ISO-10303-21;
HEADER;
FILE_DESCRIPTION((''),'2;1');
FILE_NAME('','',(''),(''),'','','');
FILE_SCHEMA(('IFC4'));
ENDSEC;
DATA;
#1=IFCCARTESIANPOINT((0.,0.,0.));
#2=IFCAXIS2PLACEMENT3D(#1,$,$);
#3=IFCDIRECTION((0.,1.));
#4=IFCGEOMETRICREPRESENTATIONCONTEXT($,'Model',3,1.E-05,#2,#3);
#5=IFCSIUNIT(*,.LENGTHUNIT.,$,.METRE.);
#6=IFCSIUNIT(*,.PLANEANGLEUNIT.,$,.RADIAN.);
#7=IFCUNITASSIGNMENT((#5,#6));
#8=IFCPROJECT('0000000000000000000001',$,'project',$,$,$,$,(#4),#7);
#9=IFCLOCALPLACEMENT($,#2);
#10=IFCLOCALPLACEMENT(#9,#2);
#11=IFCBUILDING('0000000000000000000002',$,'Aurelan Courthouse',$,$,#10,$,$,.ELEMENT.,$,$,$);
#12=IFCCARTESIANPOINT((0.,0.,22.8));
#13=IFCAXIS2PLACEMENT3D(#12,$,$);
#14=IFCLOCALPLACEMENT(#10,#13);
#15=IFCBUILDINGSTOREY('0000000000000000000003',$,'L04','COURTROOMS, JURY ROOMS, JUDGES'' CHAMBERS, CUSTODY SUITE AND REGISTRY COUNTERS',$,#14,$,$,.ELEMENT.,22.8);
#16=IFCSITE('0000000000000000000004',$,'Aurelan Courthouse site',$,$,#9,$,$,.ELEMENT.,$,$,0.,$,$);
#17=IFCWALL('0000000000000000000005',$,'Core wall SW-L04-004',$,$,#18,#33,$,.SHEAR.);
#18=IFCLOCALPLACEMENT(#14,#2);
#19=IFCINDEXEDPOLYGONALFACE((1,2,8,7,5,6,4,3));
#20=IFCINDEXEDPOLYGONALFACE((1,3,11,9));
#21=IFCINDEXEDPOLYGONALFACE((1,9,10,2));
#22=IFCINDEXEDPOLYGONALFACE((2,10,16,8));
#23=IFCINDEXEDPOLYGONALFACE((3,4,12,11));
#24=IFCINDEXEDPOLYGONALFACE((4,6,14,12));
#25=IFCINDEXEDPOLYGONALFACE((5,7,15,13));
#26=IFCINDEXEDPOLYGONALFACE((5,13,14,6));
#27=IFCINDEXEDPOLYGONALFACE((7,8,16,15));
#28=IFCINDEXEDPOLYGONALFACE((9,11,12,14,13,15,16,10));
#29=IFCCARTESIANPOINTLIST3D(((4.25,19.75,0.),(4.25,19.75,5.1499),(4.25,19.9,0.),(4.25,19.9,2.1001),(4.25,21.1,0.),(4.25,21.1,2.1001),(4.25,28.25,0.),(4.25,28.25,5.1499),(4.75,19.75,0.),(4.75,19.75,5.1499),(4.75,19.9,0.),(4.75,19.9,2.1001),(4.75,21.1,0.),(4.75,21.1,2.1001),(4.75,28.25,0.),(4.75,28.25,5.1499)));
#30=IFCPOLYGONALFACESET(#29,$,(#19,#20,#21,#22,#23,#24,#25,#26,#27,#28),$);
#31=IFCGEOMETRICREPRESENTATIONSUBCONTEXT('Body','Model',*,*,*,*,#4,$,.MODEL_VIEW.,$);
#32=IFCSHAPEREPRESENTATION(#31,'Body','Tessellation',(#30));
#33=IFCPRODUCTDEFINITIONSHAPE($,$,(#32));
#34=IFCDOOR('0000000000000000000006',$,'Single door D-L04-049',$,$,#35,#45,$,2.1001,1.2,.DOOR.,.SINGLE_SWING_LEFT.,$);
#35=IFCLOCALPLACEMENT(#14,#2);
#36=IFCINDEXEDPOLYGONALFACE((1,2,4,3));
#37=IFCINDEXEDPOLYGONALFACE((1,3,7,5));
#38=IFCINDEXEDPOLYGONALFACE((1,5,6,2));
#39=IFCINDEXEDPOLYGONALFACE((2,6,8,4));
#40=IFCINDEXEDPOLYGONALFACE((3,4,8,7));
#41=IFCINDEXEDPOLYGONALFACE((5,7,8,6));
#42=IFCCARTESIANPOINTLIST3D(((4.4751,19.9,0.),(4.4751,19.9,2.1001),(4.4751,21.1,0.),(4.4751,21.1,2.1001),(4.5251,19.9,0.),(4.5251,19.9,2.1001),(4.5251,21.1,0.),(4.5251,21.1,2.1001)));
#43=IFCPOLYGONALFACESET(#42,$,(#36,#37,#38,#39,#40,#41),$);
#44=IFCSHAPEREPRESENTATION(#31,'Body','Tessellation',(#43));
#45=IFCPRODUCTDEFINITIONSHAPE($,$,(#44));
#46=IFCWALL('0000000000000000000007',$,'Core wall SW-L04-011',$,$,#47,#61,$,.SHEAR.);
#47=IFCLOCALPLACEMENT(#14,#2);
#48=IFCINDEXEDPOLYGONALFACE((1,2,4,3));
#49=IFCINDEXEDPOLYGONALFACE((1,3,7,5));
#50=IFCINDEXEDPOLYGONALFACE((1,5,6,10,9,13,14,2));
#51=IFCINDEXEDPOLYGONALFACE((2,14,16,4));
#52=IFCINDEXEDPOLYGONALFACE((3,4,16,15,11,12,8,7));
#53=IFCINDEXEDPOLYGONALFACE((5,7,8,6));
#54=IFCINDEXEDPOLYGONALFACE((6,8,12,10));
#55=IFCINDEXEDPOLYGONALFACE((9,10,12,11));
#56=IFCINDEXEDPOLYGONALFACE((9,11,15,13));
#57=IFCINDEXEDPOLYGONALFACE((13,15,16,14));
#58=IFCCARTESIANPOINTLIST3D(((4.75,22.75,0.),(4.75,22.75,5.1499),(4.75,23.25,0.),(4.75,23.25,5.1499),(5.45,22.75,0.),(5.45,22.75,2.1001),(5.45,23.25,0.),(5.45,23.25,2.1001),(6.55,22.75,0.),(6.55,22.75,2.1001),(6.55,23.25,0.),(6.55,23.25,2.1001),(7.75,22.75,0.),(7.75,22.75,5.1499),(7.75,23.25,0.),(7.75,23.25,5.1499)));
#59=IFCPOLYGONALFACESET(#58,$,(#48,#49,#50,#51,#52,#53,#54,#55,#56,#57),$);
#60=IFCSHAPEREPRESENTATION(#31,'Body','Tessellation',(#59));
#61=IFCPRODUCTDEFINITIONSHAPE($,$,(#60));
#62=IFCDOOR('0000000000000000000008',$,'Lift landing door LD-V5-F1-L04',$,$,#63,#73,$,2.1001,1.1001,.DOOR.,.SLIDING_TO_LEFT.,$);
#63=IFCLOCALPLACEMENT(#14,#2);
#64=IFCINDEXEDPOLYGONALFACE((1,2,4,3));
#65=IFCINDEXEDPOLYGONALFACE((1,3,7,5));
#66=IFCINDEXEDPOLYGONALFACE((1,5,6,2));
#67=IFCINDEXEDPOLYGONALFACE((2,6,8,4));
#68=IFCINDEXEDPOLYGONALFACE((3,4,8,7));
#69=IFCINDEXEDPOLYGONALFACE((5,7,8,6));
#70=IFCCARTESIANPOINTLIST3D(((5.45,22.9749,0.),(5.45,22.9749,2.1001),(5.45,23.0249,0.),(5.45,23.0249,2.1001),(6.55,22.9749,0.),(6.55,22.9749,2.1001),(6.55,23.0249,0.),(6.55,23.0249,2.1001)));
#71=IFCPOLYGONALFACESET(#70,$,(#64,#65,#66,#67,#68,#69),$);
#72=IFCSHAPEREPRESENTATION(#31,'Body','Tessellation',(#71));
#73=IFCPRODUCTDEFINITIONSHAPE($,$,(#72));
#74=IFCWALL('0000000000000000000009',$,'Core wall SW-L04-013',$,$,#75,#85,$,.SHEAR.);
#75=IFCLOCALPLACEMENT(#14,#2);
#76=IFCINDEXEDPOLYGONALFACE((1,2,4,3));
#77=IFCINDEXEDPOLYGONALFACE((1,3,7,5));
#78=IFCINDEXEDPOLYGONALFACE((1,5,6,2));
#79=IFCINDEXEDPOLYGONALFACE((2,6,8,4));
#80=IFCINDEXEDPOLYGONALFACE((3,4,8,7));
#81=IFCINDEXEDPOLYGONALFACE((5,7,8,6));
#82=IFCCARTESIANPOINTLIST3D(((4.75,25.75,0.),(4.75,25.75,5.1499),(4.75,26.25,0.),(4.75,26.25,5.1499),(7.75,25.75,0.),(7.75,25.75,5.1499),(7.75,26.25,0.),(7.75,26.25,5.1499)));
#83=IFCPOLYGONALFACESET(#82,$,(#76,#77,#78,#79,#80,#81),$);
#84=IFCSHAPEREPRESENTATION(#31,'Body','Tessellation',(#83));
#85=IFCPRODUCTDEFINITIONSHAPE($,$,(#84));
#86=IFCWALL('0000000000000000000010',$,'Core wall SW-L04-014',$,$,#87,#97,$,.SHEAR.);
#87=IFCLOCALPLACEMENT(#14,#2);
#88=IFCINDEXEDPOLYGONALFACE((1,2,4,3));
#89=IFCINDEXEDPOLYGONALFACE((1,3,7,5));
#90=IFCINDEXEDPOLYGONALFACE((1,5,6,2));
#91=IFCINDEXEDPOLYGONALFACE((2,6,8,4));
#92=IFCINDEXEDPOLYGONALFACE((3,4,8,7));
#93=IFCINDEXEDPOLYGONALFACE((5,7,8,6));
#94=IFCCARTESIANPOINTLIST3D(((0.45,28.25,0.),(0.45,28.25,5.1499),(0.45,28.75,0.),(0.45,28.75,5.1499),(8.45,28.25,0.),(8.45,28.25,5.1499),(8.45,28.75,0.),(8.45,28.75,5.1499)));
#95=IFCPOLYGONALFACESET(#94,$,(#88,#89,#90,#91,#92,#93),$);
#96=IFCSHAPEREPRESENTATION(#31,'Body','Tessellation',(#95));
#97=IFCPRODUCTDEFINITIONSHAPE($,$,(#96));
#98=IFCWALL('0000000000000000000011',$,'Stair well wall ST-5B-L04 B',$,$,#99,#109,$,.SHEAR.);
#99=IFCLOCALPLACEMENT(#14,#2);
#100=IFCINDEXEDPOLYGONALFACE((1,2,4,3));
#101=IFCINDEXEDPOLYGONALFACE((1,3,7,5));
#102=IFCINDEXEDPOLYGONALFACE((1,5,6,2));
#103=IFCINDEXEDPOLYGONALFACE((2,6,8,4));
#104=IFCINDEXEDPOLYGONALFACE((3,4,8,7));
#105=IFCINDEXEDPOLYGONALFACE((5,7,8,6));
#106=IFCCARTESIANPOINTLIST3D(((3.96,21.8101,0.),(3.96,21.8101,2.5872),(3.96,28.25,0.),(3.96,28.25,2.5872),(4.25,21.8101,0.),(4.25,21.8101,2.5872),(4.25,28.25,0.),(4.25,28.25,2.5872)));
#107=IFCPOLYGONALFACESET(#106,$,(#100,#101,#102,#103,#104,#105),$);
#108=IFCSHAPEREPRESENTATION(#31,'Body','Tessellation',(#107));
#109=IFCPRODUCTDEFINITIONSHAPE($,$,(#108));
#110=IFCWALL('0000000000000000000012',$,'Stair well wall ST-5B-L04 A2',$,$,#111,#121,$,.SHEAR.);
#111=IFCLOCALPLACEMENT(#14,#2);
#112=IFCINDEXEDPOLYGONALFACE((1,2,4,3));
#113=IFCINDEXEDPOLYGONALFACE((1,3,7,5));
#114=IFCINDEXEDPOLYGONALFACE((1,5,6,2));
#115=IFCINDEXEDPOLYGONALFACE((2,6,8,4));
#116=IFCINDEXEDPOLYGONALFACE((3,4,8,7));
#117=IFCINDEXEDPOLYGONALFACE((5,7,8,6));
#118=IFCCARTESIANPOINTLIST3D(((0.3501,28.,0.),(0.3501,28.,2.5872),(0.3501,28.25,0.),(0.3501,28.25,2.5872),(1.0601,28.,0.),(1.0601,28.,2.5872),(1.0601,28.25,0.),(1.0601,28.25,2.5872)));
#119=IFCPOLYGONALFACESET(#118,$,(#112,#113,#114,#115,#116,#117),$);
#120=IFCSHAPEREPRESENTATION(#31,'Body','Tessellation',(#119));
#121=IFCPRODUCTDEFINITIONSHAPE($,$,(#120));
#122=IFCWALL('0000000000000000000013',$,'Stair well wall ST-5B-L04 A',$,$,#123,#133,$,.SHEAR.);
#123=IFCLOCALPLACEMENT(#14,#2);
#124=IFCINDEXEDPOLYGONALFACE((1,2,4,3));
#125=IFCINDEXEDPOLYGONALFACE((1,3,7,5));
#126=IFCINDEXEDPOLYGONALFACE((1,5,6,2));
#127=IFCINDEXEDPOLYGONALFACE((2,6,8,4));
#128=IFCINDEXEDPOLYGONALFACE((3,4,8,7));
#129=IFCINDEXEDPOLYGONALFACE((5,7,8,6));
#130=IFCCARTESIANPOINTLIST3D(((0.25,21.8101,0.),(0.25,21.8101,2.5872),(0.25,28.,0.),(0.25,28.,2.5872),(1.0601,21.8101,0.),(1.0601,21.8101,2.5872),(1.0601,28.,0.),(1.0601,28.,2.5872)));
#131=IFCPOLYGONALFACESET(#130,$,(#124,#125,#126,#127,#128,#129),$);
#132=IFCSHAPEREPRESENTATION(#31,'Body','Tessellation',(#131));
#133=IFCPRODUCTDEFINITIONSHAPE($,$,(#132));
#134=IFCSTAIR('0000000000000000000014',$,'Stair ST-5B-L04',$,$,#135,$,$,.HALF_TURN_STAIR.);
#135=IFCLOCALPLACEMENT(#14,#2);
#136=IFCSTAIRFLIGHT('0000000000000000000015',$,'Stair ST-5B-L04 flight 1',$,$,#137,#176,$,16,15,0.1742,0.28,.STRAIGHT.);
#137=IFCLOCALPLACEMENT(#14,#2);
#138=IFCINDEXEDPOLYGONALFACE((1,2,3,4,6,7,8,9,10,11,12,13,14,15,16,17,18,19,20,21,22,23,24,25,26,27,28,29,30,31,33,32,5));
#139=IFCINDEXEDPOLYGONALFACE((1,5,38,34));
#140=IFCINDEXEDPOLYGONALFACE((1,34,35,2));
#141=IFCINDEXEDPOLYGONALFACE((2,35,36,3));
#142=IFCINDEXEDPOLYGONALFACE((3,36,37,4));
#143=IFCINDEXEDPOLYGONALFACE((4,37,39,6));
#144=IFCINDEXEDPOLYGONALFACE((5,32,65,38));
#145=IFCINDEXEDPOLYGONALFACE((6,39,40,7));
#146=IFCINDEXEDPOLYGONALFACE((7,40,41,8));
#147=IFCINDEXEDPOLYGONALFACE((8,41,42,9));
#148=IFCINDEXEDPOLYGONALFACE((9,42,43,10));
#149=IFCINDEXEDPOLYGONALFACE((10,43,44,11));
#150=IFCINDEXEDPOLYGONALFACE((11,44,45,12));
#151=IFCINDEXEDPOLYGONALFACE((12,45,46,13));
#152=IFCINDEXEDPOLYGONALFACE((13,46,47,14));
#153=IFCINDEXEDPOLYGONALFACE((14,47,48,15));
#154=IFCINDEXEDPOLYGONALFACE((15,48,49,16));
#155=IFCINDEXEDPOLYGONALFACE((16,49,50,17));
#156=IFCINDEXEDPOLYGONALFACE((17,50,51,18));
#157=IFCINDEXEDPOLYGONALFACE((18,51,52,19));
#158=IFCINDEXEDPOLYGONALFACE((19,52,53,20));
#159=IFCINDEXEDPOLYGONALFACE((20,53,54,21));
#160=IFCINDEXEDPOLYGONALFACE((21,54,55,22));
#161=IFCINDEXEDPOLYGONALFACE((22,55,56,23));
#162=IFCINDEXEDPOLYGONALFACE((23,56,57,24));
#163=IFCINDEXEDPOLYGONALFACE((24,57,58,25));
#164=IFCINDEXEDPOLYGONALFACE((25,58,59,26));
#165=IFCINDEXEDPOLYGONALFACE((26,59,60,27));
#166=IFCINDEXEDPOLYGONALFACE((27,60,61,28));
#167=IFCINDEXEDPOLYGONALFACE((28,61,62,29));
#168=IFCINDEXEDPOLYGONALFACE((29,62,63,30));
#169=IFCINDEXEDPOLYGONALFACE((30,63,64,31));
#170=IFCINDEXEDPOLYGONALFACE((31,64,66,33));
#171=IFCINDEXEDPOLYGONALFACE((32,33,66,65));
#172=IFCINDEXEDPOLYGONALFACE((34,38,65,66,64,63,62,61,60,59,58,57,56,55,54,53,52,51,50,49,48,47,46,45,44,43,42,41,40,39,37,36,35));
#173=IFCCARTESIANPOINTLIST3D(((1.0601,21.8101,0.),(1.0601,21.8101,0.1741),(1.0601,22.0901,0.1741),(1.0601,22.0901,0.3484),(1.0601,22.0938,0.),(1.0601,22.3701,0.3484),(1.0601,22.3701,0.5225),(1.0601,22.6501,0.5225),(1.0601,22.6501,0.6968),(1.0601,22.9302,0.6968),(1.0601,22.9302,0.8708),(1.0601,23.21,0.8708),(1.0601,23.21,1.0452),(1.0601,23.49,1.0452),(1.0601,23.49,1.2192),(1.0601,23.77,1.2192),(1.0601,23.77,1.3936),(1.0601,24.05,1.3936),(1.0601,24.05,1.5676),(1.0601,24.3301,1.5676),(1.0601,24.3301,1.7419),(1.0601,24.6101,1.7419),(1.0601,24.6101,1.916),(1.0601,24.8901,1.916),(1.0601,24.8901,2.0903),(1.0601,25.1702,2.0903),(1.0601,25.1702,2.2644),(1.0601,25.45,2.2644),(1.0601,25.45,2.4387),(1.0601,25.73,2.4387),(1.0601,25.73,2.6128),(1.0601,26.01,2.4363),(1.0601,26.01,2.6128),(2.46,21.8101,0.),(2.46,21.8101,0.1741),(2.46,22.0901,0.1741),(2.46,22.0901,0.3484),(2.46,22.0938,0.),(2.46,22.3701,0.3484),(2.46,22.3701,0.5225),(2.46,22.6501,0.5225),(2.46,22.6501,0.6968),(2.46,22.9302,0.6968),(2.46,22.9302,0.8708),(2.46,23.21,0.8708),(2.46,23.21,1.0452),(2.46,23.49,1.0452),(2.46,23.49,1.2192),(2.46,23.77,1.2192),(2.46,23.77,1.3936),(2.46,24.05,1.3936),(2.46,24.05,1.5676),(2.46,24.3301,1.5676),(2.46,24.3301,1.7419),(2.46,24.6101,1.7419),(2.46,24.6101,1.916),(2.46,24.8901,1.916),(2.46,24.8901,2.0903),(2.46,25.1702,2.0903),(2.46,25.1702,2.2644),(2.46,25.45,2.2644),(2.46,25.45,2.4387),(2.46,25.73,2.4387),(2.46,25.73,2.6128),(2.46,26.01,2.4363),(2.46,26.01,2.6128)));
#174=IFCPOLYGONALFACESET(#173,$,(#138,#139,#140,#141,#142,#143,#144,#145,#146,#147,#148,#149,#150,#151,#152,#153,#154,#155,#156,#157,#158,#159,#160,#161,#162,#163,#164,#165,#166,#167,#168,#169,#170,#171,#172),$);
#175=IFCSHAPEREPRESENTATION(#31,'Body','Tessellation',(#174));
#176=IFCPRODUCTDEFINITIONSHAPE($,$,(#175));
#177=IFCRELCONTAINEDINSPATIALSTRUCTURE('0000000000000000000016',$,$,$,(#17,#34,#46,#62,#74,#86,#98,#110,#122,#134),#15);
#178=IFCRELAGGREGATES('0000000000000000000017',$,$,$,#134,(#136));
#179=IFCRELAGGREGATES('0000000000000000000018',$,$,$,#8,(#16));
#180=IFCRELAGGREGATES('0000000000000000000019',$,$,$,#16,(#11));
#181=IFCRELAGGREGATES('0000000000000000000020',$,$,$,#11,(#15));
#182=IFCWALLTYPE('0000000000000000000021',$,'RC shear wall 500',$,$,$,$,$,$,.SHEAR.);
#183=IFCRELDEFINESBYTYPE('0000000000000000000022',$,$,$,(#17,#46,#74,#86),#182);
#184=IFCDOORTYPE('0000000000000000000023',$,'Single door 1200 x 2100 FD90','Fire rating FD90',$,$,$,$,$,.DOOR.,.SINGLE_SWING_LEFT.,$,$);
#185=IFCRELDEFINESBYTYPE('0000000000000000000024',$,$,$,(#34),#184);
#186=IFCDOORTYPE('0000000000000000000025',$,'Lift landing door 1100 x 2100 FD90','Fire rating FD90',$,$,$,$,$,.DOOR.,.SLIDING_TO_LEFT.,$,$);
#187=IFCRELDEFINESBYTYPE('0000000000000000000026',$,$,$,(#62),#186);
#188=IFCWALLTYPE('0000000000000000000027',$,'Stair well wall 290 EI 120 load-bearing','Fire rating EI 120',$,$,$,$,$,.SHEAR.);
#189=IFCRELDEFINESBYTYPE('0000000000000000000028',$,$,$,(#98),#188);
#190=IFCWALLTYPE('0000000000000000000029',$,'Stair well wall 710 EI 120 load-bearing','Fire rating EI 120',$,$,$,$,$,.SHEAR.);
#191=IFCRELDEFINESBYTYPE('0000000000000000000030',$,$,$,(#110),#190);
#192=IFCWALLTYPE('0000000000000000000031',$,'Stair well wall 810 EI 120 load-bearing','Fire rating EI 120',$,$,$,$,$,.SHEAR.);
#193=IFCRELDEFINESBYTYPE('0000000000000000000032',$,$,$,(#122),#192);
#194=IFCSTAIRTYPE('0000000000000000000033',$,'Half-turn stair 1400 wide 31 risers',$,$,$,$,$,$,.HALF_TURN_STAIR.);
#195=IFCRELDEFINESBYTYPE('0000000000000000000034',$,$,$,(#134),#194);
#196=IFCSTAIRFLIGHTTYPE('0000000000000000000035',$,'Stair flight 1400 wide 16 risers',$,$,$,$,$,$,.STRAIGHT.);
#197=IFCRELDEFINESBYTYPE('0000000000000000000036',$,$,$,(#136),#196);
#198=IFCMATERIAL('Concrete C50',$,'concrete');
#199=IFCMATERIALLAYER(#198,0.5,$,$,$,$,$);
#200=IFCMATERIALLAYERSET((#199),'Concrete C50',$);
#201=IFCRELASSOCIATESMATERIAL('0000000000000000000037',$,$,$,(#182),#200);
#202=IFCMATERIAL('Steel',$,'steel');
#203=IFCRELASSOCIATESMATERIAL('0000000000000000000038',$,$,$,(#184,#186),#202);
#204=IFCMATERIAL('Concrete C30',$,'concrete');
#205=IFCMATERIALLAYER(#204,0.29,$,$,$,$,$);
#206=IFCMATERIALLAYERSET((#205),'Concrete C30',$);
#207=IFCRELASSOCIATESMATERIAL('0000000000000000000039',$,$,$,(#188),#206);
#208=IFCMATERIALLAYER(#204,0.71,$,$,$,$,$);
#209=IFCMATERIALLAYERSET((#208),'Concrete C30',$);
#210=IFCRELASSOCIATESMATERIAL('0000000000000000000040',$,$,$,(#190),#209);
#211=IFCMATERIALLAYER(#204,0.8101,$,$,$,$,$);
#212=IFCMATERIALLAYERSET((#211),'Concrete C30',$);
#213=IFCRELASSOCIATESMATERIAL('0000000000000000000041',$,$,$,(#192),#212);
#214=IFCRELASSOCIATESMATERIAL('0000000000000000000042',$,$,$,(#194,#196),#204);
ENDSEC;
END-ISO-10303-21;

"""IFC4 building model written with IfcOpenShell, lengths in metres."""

from ifc_helpers import new_model, si_unit, direction, frame, frame_2d, origin, place, context, subcontext, project, spatial, polyline, rectangle, outline, extrude, material, layer, layer_set, type_object, element, fill, aggregate, save


model = new_model("IFC4")

# Units and contexts
model_context = context("Model", 3, precision=1e-05, world=origin(), true_north=direction((0.0, 1.0)))
body_context = subcontext(model_context, "Body", "Model", "MODEL_VIEW")
ifc_project = project(units=[si_unit("LENGTHUNIT", "METRE"), si_unit("PLANEANGLEUNIT", "RADIAN")], contexts=[model_context])

# Site, building, storey
site_placement = place(None, origin())
site = spatial("IfcSite", under=ifc_project, at=site_placement, Name="Aurelan Courthouse site", CompositionType="ELEMENT", RefElevation=0.0)
building_placement = place(site_placement, origin())
building = spatial("IfcBuilding", under=site, at=building_placement, Name="Aurelan Courthouse", CompositionType="ELEMENT")
storey_placement = place(building_placement, frame((0.0, 0.0, 22.8)))
storey = spatial("IfcBuildingStorey", under=building, at=storey_placement, Name="L04", Description="COURTROOMS, JURY ROOMS, JUDGES' CHAMBERS, CUSTODY SUITE AND REGISTRY COUNTERS", CompositionType="ELEMENT", Elevation=22.8)

# Shared definitions
ifc_material_1 = material(Name="Concrete C50", Category="concrete")

# Shared definitions
ifc_material_2 = material(Name="Steel", Category="steel")

# Shared definitions
ifc_material_3 = material(Name="Concrete C30", Category="concrete")

# Shared definitions
ifc_layer_1 = layer(ifc_material_1, 0.5)
ifc_layer_set_1 = layer_set([ifc_layer_1], Name="Concrete C50")
wall_type_1 = type_object("IfcWallType", Name="RC shear wall 500", PredefinedType="SHEAR", material=ifc_layer_set_1)
door_type_1 = type_object("IfcDoorType", Name="Single door 1200 x 2100 FD90", Description="Fire rating FD90", OperationType="SINGLE_SWING_LEFT", PredefinedType="DOOR", material=ifc_material_2)

# Walls, openings, doors
wall_1_placement = place(storey_placement, frame((4.5, 19.75, 0.0), z_axis=(0.0, 0.0, 1.0), x_axis=(0.0, 1.0, 0.0)))
wall_1 = element("IfcWall", 1, at=wall_1_placement, inside=storey, type_object=wall_type_1, Name="Core wall SW-L04-004", PredefinedType="SHEAR", context=body_context, shape_type="SweptSolid", body=[
    extrude(rectangle(XDim=8.5, YDim=0.5, at=frame_2d((4.25, 0.0))), origin(), (0.0, 0.0, 1.0), 5.1499),
])
opening_1_placement = place(wall_1_placement, frame((0.1499, 0.0, 0.0)))
opening_1 = element("IfcOpeningElement", 2, at=opening_1_placement, cuts=wall_1, PredefinedType="OPENING", context=body_context, shape_type="SweptSolid", body=[
    extrude(rectangle(XDim=1.2, YDim=2.1001, at=frame_2d((0.6001, 1.05))), frame((0.0, 0.26, 0.0), z_axis=(0.0, -1.0, 0.0), x_axis=(1.0, 0.0, 0.0)), (0.0, 0.0, 1.0), 0.52),
])
door_1_placement = place(opening_1_placement, origin())
door_1 = element("IfcDoor", 3, at=door_1_placement, inside=storey, type_object=door_type_1, Name="Single door D-L04-049", OperationType="SINGLE_SWING_LEFT", OverallHeight=2.1001, OverallWidth=1.2, PredefinedType="DOOR", context=body_context, shape_type="SweptSolid", body=[
    extrude(rectangle(XDim=1.2, YDim=2.1001, at=frame_2d((0.6001, 1.05))), frame((0.0, 0.0249, 0.0), z_axis=(0.0, -1.0, 0.0), x_axis=(1.0, 0.0, 0.0)), (0.0, 0.0, 1.0), 0.05),
])
fill(opening_1, door_1)
wall_2_placement = place(storey_placement, frame((4.75, 23.0, 0.0), z_axis=(0.0, 0.0, 1.0), x_axis=(1.0, 0.0, 0.0)))
wall_2 = element("IfcWall", 4, at=wall_2_placement, inside=storey, type_object=wall_type_1, Name="Core wall SW-L04-011", PredefinedType="SHEAR", context=body_context, shape_type="SweptSolid", body=[
    extrude(rectangle(XDim=3.0, YDim=0.5, at=frame_2d((1.5, 0.0))), origin(), (0.0, 0.0, 1.0), 5.1499),
])
opening_2_placement = place(wall_2_placement, frame((0.7, 0.0, 0.0)))
opening_2 = element("IfcOpeningElement", 5, at=opening_2_placement, cuts=wall_2, PredefinedType="OPENING", context=body_context, shape_type="SweptSolid", body=[
    extrude(rectangle(XDim=1.1001, YDim=2.1001, at=frame_2d((0.55, 1.05))), frame((0.0, 0.26, 0.0), z_axis=(0.0, -1.0, 0.0), x_axis=(1.0, 0.0, 0.0)), (0.0, 0.0, 1.0), 0.52),
])
door_type_2 = type_object("IfcDoorType", Name="Lift landing door 1100 x 2100 FD90", Description="Fire rating FD90", OperationType="SLIDING_TO_LEFT", PredefinedType="DOOR", material=ifc_material_2)
door_2_placement = place(opening_2_placement, origin())
door_2 = element("IfcDoor", 6, at=door_2_placement, inside=storey, type_object=door_type_2, Name="Lift landing door LD-V5-F1-L04", OperationType="SLIDING_TO_LEFT", OverallHeight=2.1001, OverallWidth=1.1001, PredefinedType="DOOR", context=body_context, shape_type="SweptSolid", body=[
    extrude(rectangle(XDim=1.1001, YDim=2.1001, at=frame_2d((0.55, 1.05))), frame((0.0, 0.0249, 0.0), z_axis=(0.0, -1.0, 0.0), x_axis=(1.0, 0.0, 0.0)), (0.0, 0.0, 1.0), 0.05),
])
fill(opening_2, door_2)

# Walls
wall_3_placement = place(storey_placement, frame((4.75, 26.0, 0.0), z_axis=(0.0, 0.0, 1.0), x_axis=(1.0, 0.0, 0.0)))
element("IfcWall", 7, at=wall_3_placement, inside=storey, type_object=wall_type_1, Name="Core wall SW-L04-013", PredefinedType="SHEAR", context=body_context, shape_type="SweptSolid", body=[
    extrude(rectangle(XDim=3.0, YDim=0.5, at=frame_2d((1.5, 0.0))), origin(), (0.0, 0.0, 1.0), 5.1499),
])
wall_4_placement = place(storey_placement, frame((0.45, 28.5, 0.0), z_axis=(0.0, 0.0, 1.0), x_axis=(1.0, 0.0, 0.0)))
element("IfcWall", 8, at=wall_4_placement, inside=storey, type_object=wall_type_1, Name="Core wall SW-L04-014", PredefinedType="SHEAR", context=body_context, shape_type="SweptSolid", body=[
    extrude(rectangle(XDim=8.0, YDim=0.5, at=frame_2d((4.0, 0.0))), origin(), (0.0, 0.0, 1.0), 5.1499),
])
ifc_layer_2 = layer(ifc_material_3, 0.29)
ifc_layer_set_2 = layer_set([ifc_layer_2], Name="Concrete C30")
wall_type_2 = type_object("IfcWallType", Name="Stair well wall 290 EI 120 load-bearing", Description="Fire rating EI 120", PredefinedType="SHEAR", material=ifc_layer_set_2)
wall_5_placement = place(storey_placement, frame((4.105, 21.8101, 0.0), z_axis=(0.0, 0.0, 1.0), x_axis=(0.0, 1.0, 0.0)))
element("IfcWall", 9, at=wall_5_placement, inside=storey, type_object=wall_type_2, Name="Stair well wall ST-5B-L04 B", PredefinedType="SHEAR", context=body_context, shape_type="SweptSolid", body=[
    extrude(rectangle(XDim=6.4399, YDim=0.29, at=frame_2d((3.22, 0.0))), origin(), (0.0, 0.0, 1.0), 2.5872),
])
ifc_layer_3 = layer(ifc_material_3, 0.71)
ifc_layer_set_3 = layer_set([ifc_layer_3], Name="Concrete C30")
wall_type_3 = type_object("IfcWallType", Name="Stair well wall 710 EI 120 load-bearing", Description="Fire rating EI 120", PredefinedType="SHEAR", material=ifc_layer_set_3)
wall_6_placement = place(storey_placement, frame((0.7051, 28.0, 0.0), z_axis=(0.0, 0.0, 1.0), x_axis=(0.0, 1.0, 0.0)))
element("IfcWall", 10, at=wall_6_placement, inside=storey, type_object=wall_type_3, Name="Stair well wall ST-5B-L04 A2", PredefinedType="SHEAR", context=body_context, shape_type="SweptSolid", body=[
    extrude(rectangle(XDim=0.25, YDim=0.71, at=frame_2d((0.125, 0.0))), origin(), (0.0, 0.0, 1.0), 2.5872),
])
ifc_layer_4 = layer(ifc_material_3, 0.8101)
ifc_layer_set_4 = layer_set([ifc_layer_4], Name="Concrete C30")
wall_type_4 = type_object("IfcWallType", Name="Stair well wall 810 EI 120 load-bearing", Description="Fire rating EI 120", PredefinedType="SHEAR", material=ifc_layer_set_4)
wall_7_placement = place(storey_placement, frame((0.655, 21.8101, 0.0), z_axis=(0.0, 0.0, 1.0), x_axis=(0.0, 1.0, 0.0)))
element("IfcWall", 11, at=wall_7_placement, inside=storey, type_object=wall_type_4, Name="Stair well wall ST-5B-L04 A", PredefinedType="SHEAR", context=body_context, shape_type="SweptSolid", body=[
    extrude(rectangle(XDim=6.1899, YDim=0.8101, at=frame_2d((3.095, 0.0))), origin(), (0.0, 0.0, 1.0), 2.5872),
])

# Stair, stair flight
stair_type = type_object("IfcStairType", Name="Half-turn stair 1400 wide 31 risers", PredefinedType="HALF_TURN_STAIR", material=ifc_material_3)
stair_placement = place(storey_placement, origin())
stair = element("IfcStair", 12, at=stair_placement, inside=storey, type_object=stair_type, Name="Stair ST-5B-L04", PredefinedType="HALF_TURN_STAIR")
stair_flight_type = type_object("IfcStairFlightType", Name="Stair flight 1400 wide 16 risers", PredefinedType="STRAIGHT", material=ifc_material_3)
stair_flight_placement = place(storey_placement, frame((1.76, 21.8101, 0.0), z_axis=(0.0, 0.0, 1.0), x_axis=(0.0, 1.0, 0.0)))
stair_flight = element("IfcStairFlight", 13, at=stair_flight_placement, type_object=stair_flight_type, Name="Stair ST-5B-L04 flight 1", NumberOfRisers=16, NumberOfTreads=15, PredefinedType="STRAIGHT", RiserHeight=0.1742, TreadLength=0.28, context=body_context, shape_type="SweptSolid", body=[
    extrude(outline(polyline([(0.0, 0.0), (0.0, 0.1741), (0.28, 0.1741), (0.28, 0.3484), (0.5601, 0.3484), (0.5601, 0.5225), (0.8401, 0.5225), (0.8401, 0.6968), (1.1201, 0.6968), (1.1201, 0.8708), (1.3999, 0.8708), (1.3999, 1.0452), (1.6799, 1.0452), (1.6799, 1.2192), (1.96, 1.2192), (1.96, 1.3936), (2.24, 1.3936), (2.24, 1.5676), (2.52, 1.5676), (2.52, 1.7419), (2.8, 1.7419), (2.8, 1.916), (3.0801, 1.916), (3.0801, 2.0903), (3.3601, 2.0903), (3.3601, 2.2644), (3.6399, 2.2644), (3.6399, 2.4387), (3.9199, 2.4387), (3.9199, 2.6128), (4.2, 2.6128), (4.2, 2.7871), (4.2, 2.4363), (0.2837, 0.0), (0.0, 0.0)])), frame((0.0, 0.7, 0.0), z_axis=(0.0, -1.0, 0.0), x_axis=(1.0, 0.0, 0.0)), (0.0, 0.0, 1.0), 1.3999),
])
aggregate(stair, [stair_flight])

save(model, "model.ifc")
